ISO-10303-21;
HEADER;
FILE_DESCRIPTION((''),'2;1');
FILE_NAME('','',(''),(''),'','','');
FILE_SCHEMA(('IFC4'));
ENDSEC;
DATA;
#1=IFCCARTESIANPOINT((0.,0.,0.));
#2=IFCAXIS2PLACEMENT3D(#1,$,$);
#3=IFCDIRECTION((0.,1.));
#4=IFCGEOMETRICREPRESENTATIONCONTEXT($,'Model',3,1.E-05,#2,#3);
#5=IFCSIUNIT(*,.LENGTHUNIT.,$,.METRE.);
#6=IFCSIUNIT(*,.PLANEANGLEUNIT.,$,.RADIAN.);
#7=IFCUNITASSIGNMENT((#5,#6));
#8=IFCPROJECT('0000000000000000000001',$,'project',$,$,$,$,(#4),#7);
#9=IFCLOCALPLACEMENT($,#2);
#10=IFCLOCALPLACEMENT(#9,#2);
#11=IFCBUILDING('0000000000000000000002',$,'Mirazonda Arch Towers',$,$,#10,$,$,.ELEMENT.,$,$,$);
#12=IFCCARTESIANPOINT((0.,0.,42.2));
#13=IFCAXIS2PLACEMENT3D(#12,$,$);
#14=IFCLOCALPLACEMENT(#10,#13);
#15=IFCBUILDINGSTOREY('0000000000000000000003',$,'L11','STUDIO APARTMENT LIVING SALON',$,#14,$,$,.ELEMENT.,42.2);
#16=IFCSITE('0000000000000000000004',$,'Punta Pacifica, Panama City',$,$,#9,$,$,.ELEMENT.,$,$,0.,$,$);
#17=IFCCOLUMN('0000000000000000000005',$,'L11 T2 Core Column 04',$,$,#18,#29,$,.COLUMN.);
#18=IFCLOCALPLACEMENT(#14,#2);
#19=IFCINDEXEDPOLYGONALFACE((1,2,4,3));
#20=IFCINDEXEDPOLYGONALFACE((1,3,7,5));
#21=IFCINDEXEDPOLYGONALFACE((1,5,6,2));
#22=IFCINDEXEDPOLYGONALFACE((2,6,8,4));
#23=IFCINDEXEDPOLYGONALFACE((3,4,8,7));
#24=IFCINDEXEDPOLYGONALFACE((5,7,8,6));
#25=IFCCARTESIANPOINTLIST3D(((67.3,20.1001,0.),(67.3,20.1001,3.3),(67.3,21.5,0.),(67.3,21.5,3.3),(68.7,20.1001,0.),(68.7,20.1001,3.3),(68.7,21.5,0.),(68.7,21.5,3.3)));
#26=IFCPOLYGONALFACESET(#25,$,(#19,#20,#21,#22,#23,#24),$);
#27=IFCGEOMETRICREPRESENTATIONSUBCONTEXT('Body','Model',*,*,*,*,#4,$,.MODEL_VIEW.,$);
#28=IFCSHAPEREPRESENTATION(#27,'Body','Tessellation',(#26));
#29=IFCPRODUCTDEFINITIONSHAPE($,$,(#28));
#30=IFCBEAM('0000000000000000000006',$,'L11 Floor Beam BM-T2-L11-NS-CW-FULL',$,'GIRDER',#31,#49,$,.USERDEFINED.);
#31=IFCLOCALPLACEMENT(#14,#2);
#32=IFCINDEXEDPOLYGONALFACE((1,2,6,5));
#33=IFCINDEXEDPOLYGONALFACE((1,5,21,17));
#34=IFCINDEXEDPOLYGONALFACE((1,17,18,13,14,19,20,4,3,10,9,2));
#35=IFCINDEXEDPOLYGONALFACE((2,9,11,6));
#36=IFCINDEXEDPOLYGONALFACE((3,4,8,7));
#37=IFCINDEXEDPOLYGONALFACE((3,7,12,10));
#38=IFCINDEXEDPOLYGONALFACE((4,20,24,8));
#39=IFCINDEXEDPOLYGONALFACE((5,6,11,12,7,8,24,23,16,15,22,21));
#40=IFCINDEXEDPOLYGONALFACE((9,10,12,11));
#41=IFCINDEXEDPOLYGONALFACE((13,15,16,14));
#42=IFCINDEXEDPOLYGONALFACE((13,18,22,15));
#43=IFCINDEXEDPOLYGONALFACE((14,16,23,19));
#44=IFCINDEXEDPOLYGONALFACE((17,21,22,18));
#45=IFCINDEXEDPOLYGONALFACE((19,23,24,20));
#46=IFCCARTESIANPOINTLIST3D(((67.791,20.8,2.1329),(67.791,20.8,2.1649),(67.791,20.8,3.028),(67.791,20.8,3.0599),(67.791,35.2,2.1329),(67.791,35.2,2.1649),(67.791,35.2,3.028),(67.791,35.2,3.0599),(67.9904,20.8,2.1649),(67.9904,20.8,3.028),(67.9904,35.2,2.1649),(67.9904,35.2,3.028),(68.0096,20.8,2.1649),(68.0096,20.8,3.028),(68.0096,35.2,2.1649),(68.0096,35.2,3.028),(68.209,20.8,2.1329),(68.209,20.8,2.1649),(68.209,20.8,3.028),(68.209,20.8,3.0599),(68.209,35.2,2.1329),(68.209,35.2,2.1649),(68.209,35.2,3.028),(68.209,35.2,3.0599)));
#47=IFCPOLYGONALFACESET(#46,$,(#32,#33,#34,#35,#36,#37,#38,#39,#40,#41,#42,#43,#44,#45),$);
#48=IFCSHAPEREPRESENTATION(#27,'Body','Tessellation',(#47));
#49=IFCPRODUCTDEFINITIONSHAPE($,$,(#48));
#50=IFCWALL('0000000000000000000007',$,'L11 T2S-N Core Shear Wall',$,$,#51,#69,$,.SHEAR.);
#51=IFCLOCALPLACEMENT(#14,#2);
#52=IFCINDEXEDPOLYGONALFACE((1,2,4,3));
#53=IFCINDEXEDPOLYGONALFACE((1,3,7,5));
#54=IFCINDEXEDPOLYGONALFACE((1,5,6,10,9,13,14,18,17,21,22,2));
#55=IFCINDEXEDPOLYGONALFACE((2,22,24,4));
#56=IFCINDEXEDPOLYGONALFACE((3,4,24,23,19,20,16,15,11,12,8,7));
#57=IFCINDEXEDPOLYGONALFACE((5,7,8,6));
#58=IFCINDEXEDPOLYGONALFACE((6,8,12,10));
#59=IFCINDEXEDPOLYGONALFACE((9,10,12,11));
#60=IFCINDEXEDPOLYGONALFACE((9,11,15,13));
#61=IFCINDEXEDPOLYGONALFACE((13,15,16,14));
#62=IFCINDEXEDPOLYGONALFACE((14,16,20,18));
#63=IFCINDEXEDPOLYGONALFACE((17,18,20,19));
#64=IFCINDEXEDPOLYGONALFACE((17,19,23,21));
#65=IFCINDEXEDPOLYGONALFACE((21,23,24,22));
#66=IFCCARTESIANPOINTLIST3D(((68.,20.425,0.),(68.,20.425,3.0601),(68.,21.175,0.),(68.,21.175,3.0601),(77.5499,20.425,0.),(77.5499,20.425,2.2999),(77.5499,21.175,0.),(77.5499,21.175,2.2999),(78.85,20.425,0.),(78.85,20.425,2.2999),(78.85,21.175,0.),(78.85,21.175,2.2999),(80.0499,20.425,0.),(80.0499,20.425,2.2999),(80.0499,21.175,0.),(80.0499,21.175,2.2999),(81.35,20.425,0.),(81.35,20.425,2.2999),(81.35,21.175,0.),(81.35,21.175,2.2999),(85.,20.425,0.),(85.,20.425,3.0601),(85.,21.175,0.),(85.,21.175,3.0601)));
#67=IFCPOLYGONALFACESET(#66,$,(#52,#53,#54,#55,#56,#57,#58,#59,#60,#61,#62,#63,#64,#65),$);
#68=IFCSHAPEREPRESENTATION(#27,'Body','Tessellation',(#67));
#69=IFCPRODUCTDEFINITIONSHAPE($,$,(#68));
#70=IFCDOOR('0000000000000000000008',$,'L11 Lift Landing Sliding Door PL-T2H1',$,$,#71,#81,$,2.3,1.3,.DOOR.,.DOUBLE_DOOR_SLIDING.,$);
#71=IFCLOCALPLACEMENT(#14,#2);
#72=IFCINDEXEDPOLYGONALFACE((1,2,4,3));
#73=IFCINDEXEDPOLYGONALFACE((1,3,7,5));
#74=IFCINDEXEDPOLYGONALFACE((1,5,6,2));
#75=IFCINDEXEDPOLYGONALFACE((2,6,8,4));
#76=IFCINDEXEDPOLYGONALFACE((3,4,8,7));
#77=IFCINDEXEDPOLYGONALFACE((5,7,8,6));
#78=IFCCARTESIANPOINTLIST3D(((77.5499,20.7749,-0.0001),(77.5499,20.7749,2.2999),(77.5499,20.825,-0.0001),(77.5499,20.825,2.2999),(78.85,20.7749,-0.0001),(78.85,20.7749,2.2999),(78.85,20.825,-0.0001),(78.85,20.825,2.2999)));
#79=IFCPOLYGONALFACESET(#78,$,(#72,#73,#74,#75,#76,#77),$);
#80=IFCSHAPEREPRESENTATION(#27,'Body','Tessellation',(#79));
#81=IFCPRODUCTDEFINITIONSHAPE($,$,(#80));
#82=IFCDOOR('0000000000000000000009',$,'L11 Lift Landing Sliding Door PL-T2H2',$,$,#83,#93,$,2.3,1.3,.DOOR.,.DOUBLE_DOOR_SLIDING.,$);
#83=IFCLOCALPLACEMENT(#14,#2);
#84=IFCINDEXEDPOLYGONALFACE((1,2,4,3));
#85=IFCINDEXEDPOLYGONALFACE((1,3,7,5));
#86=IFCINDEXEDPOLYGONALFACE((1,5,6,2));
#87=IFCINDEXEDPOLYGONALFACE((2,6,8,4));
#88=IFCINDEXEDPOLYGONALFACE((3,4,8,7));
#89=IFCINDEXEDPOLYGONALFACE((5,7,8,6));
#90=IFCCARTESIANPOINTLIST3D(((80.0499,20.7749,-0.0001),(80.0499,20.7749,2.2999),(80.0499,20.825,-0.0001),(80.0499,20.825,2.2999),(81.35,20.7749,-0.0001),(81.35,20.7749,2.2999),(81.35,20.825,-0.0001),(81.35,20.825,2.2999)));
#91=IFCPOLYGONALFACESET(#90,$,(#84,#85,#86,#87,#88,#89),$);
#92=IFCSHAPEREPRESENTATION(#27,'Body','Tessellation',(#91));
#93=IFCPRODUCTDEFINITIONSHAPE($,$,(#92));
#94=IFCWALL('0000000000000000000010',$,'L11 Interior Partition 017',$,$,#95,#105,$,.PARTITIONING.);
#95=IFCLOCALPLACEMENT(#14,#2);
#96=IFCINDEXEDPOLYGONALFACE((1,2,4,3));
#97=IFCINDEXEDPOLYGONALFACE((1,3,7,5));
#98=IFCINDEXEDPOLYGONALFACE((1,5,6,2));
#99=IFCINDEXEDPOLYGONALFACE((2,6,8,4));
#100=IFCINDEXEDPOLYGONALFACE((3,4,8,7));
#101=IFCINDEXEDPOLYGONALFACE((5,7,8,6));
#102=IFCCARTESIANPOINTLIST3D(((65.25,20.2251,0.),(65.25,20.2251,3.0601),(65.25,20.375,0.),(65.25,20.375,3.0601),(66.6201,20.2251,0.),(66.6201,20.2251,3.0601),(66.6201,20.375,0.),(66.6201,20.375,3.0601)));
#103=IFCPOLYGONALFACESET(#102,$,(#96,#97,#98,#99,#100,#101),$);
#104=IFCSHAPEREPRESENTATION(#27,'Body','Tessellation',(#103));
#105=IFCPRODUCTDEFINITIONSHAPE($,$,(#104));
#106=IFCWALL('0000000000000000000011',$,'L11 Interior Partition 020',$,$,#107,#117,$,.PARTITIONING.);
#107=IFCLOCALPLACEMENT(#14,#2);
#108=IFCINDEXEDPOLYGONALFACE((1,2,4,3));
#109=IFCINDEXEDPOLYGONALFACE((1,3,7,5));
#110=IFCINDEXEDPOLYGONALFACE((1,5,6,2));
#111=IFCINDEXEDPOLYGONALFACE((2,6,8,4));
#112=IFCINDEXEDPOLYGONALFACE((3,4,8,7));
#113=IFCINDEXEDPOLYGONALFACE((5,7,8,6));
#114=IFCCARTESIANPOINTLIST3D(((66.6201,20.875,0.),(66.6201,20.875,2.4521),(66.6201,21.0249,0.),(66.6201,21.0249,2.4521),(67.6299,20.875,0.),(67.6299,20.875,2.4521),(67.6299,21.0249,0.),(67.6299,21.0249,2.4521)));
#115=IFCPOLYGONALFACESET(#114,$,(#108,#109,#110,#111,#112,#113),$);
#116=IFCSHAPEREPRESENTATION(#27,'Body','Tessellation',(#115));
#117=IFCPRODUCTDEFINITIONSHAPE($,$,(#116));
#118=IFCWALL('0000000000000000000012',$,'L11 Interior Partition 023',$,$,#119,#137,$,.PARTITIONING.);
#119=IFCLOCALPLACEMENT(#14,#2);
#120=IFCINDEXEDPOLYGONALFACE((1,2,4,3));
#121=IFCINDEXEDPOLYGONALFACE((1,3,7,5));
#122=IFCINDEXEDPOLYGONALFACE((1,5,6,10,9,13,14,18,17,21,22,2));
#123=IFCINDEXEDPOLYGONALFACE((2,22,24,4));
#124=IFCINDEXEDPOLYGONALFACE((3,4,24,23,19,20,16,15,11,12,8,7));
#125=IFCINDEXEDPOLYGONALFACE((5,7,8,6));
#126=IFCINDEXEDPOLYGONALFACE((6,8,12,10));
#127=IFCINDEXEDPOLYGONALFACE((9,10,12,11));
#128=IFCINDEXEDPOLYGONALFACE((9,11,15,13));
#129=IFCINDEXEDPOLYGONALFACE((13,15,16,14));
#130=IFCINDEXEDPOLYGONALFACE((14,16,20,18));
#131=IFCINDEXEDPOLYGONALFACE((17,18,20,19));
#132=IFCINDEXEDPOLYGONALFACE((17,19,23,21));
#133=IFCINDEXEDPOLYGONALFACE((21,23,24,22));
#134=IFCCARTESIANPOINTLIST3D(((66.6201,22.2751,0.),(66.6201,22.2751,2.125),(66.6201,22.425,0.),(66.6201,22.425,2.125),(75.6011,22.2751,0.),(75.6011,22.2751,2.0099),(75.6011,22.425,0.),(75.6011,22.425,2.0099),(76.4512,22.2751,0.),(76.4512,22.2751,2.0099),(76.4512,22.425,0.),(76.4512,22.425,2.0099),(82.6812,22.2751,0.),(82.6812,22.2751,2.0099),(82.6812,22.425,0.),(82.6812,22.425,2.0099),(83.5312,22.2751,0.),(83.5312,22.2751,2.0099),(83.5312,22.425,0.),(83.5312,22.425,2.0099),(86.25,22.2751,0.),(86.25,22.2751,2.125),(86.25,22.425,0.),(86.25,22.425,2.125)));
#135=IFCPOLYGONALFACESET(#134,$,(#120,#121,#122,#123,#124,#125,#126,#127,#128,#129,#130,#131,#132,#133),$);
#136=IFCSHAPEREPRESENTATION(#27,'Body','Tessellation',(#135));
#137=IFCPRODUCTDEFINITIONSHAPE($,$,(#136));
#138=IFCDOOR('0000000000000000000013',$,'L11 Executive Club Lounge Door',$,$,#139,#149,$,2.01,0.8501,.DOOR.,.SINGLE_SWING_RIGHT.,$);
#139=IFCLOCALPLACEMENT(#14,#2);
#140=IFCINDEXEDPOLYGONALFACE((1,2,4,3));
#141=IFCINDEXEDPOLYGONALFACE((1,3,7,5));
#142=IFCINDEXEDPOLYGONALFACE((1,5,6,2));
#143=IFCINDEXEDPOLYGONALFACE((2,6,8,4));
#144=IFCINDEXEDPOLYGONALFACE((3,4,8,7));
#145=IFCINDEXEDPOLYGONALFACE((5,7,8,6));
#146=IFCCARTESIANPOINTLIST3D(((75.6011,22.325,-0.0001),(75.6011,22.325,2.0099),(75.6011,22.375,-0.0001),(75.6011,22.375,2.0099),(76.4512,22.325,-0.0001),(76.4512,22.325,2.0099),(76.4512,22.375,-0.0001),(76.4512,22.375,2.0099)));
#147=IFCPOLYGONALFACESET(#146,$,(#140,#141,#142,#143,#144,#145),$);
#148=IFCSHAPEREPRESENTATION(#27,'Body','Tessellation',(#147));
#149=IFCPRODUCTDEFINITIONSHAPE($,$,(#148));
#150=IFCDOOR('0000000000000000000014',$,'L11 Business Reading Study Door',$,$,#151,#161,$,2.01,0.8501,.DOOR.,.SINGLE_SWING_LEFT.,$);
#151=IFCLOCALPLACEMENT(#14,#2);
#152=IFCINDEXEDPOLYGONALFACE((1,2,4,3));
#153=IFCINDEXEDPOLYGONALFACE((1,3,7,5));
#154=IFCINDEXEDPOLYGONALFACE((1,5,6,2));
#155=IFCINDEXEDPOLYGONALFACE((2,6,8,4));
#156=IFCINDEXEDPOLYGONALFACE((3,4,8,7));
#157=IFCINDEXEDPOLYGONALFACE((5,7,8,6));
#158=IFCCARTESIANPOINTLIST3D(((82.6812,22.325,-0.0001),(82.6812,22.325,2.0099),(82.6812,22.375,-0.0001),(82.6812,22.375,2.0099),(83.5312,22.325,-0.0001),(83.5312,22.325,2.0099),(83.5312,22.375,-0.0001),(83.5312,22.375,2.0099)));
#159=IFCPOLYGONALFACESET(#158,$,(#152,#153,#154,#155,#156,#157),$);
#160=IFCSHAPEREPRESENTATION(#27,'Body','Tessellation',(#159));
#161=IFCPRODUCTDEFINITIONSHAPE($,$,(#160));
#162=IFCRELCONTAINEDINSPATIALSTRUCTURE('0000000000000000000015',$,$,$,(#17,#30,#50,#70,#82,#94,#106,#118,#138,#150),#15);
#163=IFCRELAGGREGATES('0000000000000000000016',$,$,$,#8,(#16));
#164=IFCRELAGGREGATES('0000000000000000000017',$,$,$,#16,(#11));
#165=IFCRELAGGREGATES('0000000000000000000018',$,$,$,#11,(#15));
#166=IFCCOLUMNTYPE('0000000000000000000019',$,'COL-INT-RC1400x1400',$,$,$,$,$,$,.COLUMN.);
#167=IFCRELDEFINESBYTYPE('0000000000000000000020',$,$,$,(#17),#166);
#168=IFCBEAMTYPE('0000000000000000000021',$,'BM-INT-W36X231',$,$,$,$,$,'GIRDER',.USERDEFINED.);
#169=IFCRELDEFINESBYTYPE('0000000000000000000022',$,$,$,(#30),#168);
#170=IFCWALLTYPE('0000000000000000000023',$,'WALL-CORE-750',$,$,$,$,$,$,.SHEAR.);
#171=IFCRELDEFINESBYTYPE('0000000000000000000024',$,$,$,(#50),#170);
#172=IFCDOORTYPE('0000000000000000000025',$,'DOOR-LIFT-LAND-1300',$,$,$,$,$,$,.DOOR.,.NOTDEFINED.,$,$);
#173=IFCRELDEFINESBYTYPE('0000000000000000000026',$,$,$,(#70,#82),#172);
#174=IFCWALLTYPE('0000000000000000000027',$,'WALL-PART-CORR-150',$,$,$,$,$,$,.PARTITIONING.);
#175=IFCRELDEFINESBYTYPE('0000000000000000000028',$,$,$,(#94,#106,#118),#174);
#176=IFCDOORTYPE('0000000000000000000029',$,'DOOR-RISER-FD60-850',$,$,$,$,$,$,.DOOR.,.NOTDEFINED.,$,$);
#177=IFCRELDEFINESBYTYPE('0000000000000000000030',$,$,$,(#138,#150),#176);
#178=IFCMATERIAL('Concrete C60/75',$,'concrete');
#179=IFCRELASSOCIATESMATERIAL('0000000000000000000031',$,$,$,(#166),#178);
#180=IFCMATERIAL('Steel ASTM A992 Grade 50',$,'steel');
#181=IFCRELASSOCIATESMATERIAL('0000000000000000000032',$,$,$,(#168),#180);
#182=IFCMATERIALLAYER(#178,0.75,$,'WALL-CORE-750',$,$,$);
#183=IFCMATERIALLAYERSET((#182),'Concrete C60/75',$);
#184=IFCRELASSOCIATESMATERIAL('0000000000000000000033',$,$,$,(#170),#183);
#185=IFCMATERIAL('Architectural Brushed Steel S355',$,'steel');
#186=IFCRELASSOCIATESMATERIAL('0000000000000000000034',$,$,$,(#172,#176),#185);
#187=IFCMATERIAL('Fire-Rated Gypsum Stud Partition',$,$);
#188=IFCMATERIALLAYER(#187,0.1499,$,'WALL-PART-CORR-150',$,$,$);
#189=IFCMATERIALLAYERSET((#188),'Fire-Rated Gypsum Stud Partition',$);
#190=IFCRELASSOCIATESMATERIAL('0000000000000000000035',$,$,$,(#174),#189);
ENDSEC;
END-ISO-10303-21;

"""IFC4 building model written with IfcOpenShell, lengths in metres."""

from ifc_helpers import new_model, si_unit, direction, frame, frame_2d, origin, origin_2d, place, context, subcontext, project, spatial, rectangle, i_section, extrude, material, layer, layer_set, material_profile, profile_set, type_object, element, fill, save


model = new_model("IFC4")

# Units and contexts
model_context = context("Model", 3, precision=1e-05, world=origin(), true_north=direction((0.0, 1.0)))
body_context = subcontext(model_context, "Body", "Model", "MODEL_VIEW")
ifc_project = project(units=[si_unit("LENGTHUNIT", "METRE"), si_unit("PLANEANGLEUNIT", "RADIAN")], contexts=[model_context])

# Site, building, storey
site_placement = place(None, origin())
site = spatial("IfcSite", under=ifc_project, at=site_placement, Name="Punta Pacifica, Panama City", CompositionType="ELEMENT", RefElevation=0.0)
building_placement = place(site_placement, origin())
building = spatial("IfcBuilding", under=site, at=building_placement, Name="Mirazonda Arch Towers", CompositionType="ELEMENT")
storey_placement = place(building_placement, frame((0.0, 0.0, 42.2)))
storey = spatial("IfcBuildingStorey", under=building, at=storey_placement, Name="L11", Description="STUDIO APARTMENT LIVING SALON", CompositionType="ELEMENT", Elevation=42.2)

# Column
ifc_material_1 = material(Name="Concrete C60/75", Category="concrete")
ifc_material_profile_1 = material_profile(ifc_material_1, rectangle(XDim=1.3999, YDim=1.3999, at=origin_2d()), Name="RC1400x1400")
ifc_profile_set_1 = profile_set([ifc_material_profile_1], Name="Concrete C60/75")
column_type = type_object("IfcColumnType", Name="COL-INT-RC1400x1400", PredefinedType="COLUMN", material=ifc_profile_set_1)
column_placement = place(storey_placement, frame((68.0, 20.8, 0.0), z_axis=(0.0, 0.0, 1.0), x_axis=(1.0, 0.0, 0.0)))
element("IfcColumn", 1, at=column_placement, inside=storey, type_object=column_type, Name="L11 T2 Core Column 04", PredefinedType="COLUMN", context=body_context, shape_type="SweptSolid", body=[
    extrude(rectangle(XDim=1.3999, YDim=1.3999, at=origin_2d()), origin(), (0.0, 0.0, 1.0), 3.3),
])

# Beam
ifc_material_2 = material(Name="Steel ASTM A992 Grade 50", Category="steel")
ifc_material_profile_2 = material_profile(ifc_material_2, i_section(OverallWidth=0.418, OverallDepth=0.927, WebThickness=0.0193, FlangeThickness=0.032, at=origin_2d()), Name="W36X231")
ifc_profile_set_2 = profile_set([ifc_material_profile_2], Name="Steel ASTM A992 Grade 50")
beam_type = type_object("IfcBeamType", Name="BM-INT-W36X231", ElementType="GIRDER", PredefinedType="USERDEFINED", material=ifc_profile_set_2)
beam_placement = place(storey_placement, frame((68.0, 20.8, 2.5964), z_axis=(0.0, 1.0, 0.0), x_axis=(-1.0, 0.0, 0.0)))
element("IfcBeam", 2, at=beam_placement, inside=storey, type_object=beam_type, Name="L11 Floor Beam BM-T2-L11-NS-CW-FULL", ObjectType="GIRDER", PredefinedType="USERDEFINED", context=body_context, shape_type="SweptSolid", body=[
    extrude(i_section(OverallWidth=0.418, OverallDepth=0.927, WebThickness=0.0193, FlangeThickness=0.032, at=origin_2d()), origin(), (0.0, 0.0, 1.0), 14.3999),
])

# Wall, openings, doors
ifc_layer_1 = layer(ifc_material_1, 0.75, Name="WALL-CORE-750")
ifc_layer_set_1 = layer_set([ifc_layer_1], Name="Concrete C60/75")
wall_type_1 = type_object("IfcWallType", Name="WALL-CORE-750", PredefinedType="SHEAR", material=ifc_layer_set_1)
wall_1_placement = place(storey_placement, frame((68.0, 20.8, 0.0), z_axis=(0.0, 0.0, 1.0), x_axis=(1.0, 0.0, 0.0)))
wall_1 = element("IfcWall", 3, at=wall_1_placement, inside=storey, type_object=wall_type_1, Name="L11 T2S-N Core Shear Wall", PredefinedType="SHEAR", context=body_context, shape_type="SweptSolid", body=[
    extrude(rectangle(XDim=17.0, YDim=0.75, at=frame_2d((8.5, 0.0))), origin(), (0.0, 0.0, 1.0), 3.0601),
])
opening_1_placement = place(wall_1_placement, frame((9.55, 0.0, 0.0)))
opening_1 = element("IfcOpeningElement", 4, at=opening_1_placement, cuts=wall_1, PredefinedType="OPENING", context=body_context, shape_type="SweptSolid", body=[
    extrude(rectangle(XDim=1.3, YDim=2.3, at=frame_2d((0.6499, 1.1499))), frame((0.0, 0.385, 0.0), z_axis=(0.0, -1.0, 0.0), x_axis=(1.0, 0.0, 0.0)), (0.0, 0.0, 1.0), 0.77),
])
opening_2_placement = place(wall_1_placement, frame((12.05, 0.0, 0.0)))
opening_2 = element("IfcOpeningElement", 5, at=opening_2_placement, cuts=wall_1, PredefinedType="OPENING", context=body_context, shape_type="SweptSolid", body=[
    extrude(rectangle(XDim=1.3, YDim=2.3, at=frame_2d((0.6499, 1.1499))), frame((0.0, 0.385, 0.0), z_axis=(0.0, -1.0, 0.0), x_axis=(1.0, 0.0, 0.0)), (0.0, 0.0, 1.0), 0.77),
])
ifc_material_3 = material(Name="Architectural Brushed Steel S355", Category="steel")
door_type_1 = type_object("IfcDoorType", Name="DOOR-LIFT-LAND-1300", OperationType="NOTDEFINED", PredefinedType="DOOR", material=ifc_material_3)
door_1_placement = place(opening_1_placement, origin())
door_1 = element("IfcDoor", 6, at=door_1_placement, inside=storey, type_object=door_type_1, Name="L11 Lift Landing Sliding Door PL-T2H1", OperationType="DOUBLE_DOOR_SLIDING", OverallHeight=2.3, OverallWidth=1.3, PredefinedType="DOOR", context=body_context, shape_type="SweptSolid", body=[
    extrude(rectangle(XDim=1.3, YDim=2.3, at=frame_2d((0.6499, 1.1499))), frame((0.0, 0.0249, 0.0), z_axis=(0.0, -1.0, 0.0), x_axis=(1.0, 0.0, 0.0)), (0.0, 0.0, 1.0), 0.05),
])
fill(opening_1, door_1)
door_2_placement = place(opening_2_placement, origin())
door_2 = element("IfcDoor", 7, at=door_2_placement, inside=storey, type_object=door_type_1, Name="L11 Lift Landing Sliding Door PL-T2H2", OperationType="DOUBLE_DOOR_SLIDING", OverallHeight=2.3, OverallWidth=1.3, PredefinedType="DOOR", context=body_context, shape_type="SweptSolid", body=[
    extrude(rectangle(XDim=1.3, YDim=2.3, at=frame_2d((0.6499, 1.1499))), frame((0.0, 0.0249, 0.0), z_axis=(0.0, -1.0, 0.0), x_axis=(1.0, 0.0, 0.0)), (0.0, 0.0, 1.0), 0.05),
])
fill(opening_2, door_2)

# Walls
ifc_material_4 = material(Name="Fire-Rated Gypsum Stud Partition")
ifc_layer_2 = layer(ifc_material_4, 0.1499, Name="WALL-PART-CORR-150")
ifc_layer_set_2 = layer_set([ifc_layer_2], Name="Fire-Rated Gypsum Stud Partition")
wall_type_2 = type_object("IfcWallType", Name="WALL-PART-CORR-150", PredefinedType="PARTITIONING", material=ifc_layer_set_2)
wall_2_placement = place(storey_placement, frame((65.25, 20.3, 0.0), z_axis=(0.0, 0.0, 1.0), x_axis=(1.0, 0.0, 0.0)))
element("IfcWall", 8, at=wall_2_placement, inside=storey, type_object=wall_type_2, Name="L11 Interior Partition 017", PredefinedType="PARTITIONING", context=body_context, shape_type="SweptSolid", body=[
    extrude(rectangle(XDim=1.3701, YDim=0.1499, at=frame_2d((0.6851, 0.0))), origin(), (0.0, 0.0, 1.0), 3.0601),
])
wall_3_placement = place(storey_placement, frame((66.6201, 20.95, 0.0), z_axis=(0.0, 0.0, 1.0), x_axis=(1.0, 0.0, 0.0)))
element("IfcWall", 9, at=wall_3_placement, inside=storey, type_object=wall_type_2, Name="L11 Interior Partition 020", PredefinedType="PARTITIONING", context=body_context, shape_type="SweptSolid", body=[
    extrude(rectangle(XDim=1.0098, YDim=0.1499, at=frame_2d((0.5049, 0.0))), origin(), (0.0, 0.0, 1.0), 2.4521),
])

# Wall, openings, doors
wall_4_placement = place(storey_placement, frame((66.6201, 22.3501, 0.0), z_axis=(0.0, 0.0, 1.0), x_axis=(1.0, 0.0, 0.0)))
wall_4 = element("IfcWall", 10, at=wall_4_placement, inside=storey, type_object=wall_type_2, Name="L11 Interior Partition 023", PredefinedType="PARTITIONING", context=body_context, shape_type="SweptSolid", body=[
    extrude(rectangle(XDim=19.6299, YDim=0.1499, at=frame_2d((9.8149, 0.0))), origin(), (0.0, 0.0, 1.0), 2.125),
])
opening_3_placement = place(wall_4_placement, frame((8.981, 0.0, 0.0)))
opening_3 = element("IfcOpeningElement", 11, at=opening_3_placement, cuts=wall_4, PredefinedType="OPENING", context=body_context, shape_type="SweptSolid", body=[
    extrude(rectangle(XDim=0.8501, YDim=2.01, at=frame_2d((0.425, 1.0049))), frame((0.0, 0.085, 0.0), z_axis=(0.0, -1.0, 0.0), x_axis=(1.0, 0.0, 0.0)), (0.0, 0.0, 1.0), 0.1699),
])
opening_4_placement = place(wall_4_placement, frame((16.061, 0.0, 0.0)))
opening_4 = element("IfcOpeningElement", 12, at=opening_4_placement, cuts=wall_4, PredefinedType="OPENING", context=body_context, shape_type="SweptSolid", body=[
    extrude(rectangle(XDim=0.8501, YDim=2.01, at=frame_2d((0.425, 1.0049))), frame((0.0, 0.085, 0.0), z_axis=(0.0, -1.0, 0.0), x_axis=(1.0, 0.0, 0.0)), (0.0, 0.0, 1.0), 0.1699),
])
door_type_2 = type_object("IfcDoorType", Name="DOOR-RISER-FD60-850", OperationType="NOTDEFINED", PredefinedType="DOOR", material=ifc_material_3)
door_3_placement = place(opening_3_placement, origin())
door_3 = element("IfcDoor", 13, at=door_3_placement, inside=storey, type_object=door_type_2, Name="L11 Executive Club Lounge Door", OperationType="SINGLE_SWING_RIGHT", OverallHeight=2.01, OverallWidth=0.8501, PredefinedType="DOOR", context=body_context, shape_type="SweptSolid", body=[
    extrude(rectangle(XDim=0.8501, YDim=2.01, at=frame_2d((0.425, 1.0049))), frame((0.0, 0.0249, 0.0), z_axis=(0.0, -1.0, 0.0), x_axis=(1.0, 0.0, 0.0)), (0.0, 0.0, 1.0), 0.05),
])
fill(opening_3, door_3)
door_4_placement = place(opening_4_placement, origin())
door_4 = element("IfcDoor", 14, at=door_4_placement, inside=storey, type_object=door_type_2, Name="L11 Business Reading Study Door", OperationType="SINGLE_SWING_LEFT", OverallHeight=2.01, OverallWidth=0.8501, PredefinedType="DOOR", context=body_context, shape_type="SweptSolid", body=[
    extrude(rectangle(XDim=0.8501, YDim=2.01, at=frame_2d((0.425, 1.0049))), frame((0.0, 0.0249, 0.0), z_axis=(0.0, -1.0, 0.0), x_axis=(1.0, 0.0, 0.0)), (0.0, 0.0, 1.0), 0.05),
])
fill(opening_4, door_4)

save(model, "model.ifc")
